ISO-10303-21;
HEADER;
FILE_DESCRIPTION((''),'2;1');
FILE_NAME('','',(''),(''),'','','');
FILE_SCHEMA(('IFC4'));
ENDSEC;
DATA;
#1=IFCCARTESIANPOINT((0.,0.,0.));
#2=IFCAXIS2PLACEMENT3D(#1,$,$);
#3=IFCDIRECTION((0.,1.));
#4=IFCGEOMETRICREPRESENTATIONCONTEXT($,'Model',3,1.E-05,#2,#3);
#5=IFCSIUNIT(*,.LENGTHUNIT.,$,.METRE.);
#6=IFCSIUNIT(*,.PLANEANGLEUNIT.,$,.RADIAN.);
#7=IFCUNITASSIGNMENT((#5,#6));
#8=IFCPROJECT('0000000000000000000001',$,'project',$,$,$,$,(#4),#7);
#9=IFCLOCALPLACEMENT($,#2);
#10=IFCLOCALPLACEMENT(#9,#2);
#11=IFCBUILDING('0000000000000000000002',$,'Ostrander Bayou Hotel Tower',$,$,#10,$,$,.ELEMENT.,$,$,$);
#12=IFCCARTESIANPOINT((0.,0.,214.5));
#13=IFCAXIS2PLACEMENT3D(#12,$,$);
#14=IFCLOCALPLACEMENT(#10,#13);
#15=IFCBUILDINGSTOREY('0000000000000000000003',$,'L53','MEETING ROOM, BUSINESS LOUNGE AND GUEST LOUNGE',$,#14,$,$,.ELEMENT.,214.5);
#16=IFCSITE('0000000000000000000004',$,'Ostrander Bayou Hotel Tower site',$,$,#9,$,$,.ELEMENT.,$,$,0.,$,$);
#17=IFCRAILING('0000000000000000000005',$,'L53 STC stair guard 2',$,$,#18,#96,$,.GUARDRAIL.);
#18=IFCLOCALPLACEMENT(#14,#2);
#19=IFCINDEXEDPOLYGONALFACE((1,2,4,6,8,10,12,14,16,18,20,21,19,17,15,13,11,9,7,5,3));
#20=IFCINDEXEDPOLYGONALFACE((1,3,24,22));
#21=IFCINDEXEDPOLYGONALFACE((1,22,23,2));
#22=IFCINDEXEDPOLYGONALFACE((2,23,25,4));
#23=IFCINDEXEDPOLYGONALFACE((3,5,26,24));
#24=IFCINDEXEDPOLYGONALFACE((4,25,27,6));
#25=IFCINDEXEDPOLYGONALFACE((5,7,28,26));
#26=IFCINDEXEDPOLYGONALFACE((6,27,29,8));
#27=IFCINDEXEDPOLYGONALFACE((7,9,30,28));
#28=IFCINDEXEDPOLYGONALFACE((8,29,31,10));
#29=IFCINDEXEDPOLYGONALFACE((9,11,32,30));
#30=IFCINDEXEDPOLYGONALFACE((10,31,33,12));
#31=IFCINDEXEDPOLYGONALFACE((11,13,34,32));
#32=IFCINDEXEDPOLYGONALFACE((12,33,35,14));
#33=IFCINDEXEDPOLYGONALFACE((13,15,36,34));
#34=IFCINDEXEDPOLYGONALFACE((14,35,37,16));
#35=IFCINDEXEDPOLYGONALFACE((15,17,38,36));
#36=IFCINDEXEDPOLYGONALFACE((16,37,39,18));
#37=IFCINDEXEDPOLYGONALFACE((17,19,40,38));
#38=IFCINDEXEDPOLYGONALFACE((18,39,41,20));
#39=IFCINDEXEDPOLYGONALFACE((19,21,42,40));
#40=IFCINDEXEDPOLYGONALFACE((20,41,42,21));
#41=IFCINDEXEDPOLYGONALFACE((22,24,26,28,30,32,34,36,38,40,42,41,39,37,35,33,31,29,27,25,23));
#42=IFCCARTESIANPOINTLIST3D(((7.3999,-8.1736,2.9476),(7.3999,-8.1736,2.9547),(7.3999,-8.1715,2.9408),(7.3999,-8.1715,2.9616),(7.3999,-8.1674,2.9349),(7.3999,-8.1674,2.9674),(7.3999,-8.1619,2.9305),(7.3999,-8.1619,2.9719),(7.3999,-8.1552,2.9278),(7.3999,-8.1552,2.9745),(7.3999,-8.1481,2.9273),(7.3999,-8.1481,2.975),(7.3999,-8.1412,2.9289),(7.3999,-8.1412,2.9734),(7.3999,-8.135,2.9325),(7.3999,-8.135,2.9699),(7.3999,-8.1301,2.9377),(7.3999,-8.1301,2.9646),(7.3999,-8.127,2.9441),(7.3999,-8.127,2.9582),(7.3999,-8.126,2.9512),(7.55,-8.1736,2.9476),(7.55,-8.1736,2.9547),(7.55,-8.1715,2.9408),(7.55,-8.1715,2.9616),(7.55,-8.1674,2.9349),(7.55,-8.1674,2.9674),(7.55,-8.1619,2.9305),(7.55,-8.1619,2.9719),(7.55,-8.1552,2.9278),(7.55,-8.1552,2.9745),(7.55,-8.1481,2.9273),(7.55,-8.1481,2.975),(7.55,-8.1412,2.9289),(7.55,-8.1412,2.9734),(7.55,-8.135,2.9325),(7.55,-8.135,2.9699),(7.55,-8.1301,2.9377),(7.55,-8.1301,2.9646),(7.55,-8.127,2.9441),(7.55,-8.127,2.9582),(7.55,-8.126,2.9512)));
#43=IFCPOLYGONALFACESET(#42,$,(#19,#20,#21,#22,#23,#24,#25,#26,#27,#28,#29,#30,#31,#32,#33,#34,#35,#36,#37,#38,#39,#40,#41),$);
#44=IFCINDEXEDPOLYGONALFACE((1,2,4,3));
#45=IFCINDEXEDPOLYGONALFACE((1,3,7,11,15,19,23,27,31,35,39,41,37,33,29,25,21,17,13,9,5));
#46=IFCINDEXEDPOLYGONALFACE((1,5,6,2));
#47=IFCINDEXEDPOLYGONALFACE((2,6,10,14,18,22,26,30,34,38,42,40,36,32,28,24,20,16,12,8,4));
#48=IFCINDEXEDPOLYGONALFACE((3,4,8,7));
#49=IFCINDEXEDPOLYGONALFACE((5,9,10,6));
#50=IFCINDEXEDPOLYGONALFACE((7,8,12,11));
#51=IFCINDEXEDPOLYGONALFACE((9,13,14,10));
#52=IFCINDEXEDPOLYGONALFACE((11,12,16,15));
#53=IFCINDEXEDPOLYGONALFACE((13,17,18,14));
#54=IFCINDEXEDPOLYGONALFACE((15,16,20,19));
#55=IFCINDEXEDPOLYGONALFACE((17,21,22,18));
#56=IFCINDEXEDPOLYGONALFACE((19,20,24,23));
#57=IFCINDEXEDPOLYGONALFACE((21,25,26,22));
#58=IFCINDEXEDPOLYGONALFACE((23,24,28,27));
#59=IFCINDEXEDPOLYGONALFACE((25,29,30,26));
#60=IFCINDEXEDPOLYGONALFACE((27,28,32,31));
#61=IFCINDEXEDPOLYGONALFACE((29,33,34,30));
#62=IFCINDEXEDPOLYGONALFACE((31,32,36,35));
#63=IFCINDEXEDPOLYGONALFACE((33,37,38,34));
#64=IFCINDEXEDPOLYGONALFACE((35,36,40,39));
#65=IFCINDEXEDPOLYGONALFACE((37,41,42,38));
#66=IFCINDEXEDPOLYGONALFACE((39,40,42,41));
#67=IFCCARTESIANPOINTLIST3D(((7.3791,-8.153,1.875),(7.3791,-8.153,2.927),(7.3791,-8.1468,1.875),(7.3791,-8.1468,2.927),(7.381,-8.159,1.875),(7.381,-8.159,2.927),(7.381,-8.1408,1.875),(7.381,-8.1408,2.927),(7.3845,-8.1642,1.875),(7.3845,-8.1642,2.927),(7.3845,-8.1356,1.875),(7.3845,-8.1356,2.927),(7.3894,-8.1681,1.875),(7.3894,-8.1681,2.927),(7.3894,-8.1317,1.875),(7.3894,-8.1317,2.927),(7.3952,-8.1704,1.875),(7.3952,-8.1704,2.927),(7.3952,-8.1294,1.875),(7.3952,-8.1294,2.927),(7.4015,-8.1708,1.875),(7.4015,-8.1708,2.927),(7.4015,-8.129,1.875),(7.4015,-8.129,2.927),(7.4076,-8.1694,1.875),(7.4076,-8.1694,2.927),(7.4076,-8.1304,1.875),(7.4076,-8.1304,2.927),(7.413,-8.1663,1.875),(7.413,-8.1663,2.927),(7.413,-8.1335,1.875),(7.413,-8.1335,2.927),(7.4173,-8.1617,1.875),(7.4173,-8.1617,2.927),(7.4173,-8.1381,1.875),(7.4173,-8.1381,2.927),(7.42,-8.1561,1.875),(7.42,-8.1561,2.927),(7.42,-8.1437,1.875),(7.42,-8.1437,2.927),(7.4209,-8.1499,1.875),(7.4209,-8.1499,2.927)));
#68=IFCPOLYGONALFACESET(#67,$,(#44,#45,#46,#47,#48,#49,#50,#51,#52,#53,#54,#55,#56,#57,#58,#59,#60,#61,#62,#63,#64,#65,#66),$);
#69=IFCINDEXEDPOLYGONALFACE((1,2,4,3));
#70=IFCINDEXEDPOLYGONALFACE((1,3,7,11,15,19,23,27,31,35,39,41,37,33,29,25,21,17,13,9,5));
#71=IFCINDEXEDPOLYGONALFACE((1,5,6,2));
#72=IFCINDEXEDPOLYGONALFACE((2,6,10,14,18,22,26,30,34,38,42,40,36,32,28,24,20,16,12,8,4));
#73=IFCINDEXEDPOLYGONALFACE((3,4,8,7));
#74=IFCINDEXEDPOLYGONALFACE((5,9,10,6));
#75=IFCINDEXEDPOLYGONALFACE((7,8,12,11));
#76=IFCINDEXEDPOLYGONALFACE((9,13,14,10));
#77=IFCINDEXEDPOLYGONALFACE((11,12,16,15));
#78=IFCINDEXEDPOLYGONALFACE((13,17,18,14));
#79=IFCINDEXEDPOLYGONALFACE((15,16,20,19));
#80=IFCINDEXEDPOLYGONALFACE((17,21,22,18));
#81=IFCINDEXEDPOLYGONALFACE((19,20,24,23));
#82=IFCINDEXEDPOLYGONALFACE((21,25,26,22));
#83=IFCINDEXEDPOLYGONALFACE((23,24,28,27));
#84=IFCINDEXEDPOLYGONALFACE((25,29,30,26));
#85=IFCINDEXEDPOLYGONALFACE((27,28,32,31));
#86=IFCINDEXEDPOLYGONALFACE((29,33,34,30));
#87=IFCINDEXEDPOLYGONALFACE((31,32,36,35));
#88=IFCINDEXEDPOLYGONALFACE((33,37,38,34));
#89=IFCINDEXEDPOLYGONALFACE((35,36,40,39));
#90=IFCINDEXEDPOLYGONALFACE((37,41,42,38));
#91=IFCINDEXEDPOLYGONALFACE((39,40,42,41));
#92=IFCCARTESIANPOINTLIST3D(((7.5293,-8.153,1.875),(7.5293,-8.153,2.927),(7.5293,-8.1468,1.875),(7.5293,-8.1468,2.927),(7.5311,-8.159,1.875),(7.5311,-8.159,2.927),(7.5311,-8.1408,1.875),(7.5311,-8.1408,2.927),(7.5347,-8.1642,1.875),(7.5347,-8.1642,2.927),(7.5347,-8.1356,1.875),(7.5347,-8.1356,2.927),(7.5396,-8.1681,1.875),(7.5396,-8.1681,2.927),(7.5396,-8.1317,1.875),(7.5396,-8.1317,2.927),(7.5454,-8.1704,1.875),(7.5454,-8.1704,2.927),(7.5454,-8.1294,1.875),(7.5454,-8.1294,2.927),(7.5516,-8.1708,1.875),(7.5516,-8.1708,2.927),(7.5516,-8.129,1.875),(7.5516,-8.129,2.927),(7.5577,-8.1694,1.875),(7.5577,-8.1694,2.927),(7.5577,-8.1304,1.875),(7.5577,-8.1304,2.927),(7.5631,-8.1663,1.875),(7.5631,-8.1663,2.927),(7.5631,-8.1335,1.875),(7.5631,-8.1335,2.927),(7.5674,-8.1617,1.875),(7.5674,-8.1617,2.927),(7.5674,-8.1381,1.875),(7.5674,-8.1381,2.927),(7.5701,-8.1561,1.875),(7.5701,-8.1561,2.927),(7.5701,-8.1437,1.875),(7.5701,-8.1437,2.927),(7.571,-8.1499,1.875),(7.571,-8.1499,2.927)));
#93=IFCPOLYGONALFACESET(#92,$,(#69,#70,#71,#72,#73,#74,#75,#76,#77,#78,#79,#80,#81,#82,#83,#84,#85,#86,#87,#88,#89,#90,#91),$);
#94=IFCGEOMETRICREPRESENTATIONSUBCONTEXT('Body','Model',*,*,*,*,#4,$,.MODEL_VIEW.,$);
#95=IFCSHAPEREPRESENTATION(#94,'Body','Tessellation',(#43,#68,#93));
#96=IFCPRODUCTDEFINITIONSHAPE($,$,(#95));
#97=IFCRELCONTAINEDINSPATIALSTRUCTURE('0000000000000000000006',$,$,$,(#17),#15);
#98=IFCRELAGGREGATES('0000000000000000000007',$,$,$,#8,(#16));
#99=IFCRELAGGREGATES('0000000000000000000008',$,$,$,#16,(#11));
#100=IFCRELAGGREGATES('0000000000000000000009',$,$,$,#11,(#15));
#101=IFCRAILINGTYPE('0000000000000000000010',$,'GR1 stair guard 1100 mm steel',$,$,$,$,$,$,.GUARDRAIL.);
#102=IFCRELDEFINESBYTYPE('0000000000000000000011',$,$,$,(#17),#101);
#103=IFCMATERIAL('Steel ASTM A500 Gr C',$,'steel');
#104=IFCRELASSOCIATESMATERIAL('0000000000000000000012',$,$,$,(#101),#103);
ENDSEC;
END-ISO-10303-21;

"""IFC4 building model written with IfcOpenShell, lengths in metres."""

from ifc_helpers import new_model, si_unit, direction, frame, origin, origin_2d, place, context, subcontext, project, spatial, circle, extrude, material, type_object, element, save


model = new_model("IFC4")

# Units and contexts
model_context = context("Model", 3, precision=1e-05, world=origin(), true_north=direction((0.0, 1.0)))
body_context = subcontext(model_context, "Body", "Model", "MODEL_VIEW")
ifc_project = project(units=[si_unit("LENGTHUNIT", "METRE"), si_unit("PLANEANGLEUNIT", "RADIAN")], contexts=[model_context])

# Site, building, storey
site_placement = place(None, origin())
site = spatial("IfcSite", under=ifc_project, at=site_placement, Name="Ostrander Bayou Hotel Tower site", CompositionType="ELEMENT", RefElevation=0.0)
building_placement = place(site_placement, origin())
building = spatial("IfcBuilding", under=site, at=building_placement, Name="Ostrander Bayou Hotel Tower", CompositionType="ELEMENT")
storey_placement = place(building_placement, frame((0.0, 0.0, 214.5)))
storey = spatial("IfcBuildingStorey", under=building, at=storey_placement, Name="L53", Description="MEETING ROOM, BUSINESS LOUNGE AND GUEST LOUNGE", CompositionType="ELEMENT", Elevation=214.5)

# Railing
ifc_material_1 = material(Name="Steel ASTM A500 Gr C", Category="steel")
railing_type_1 = type_object("IfcRailingType", Name="GR1 stair guard 1100 mm steel", PredefinedType="GUARDRAIL", material=ifc_material_1)
railing_1_placement = place(storey_placement, frame((7.3999, -8.1499, 1.875)))
element("IfcRailing", 1, at=railing_1_placement, inside=storey, type_object=railing_type_1, Name="L53 STC stair guard 2", PredefinedType="GUARDRAIL", context=body_context, shape_type="SweptSolid", body=[
    extrude(circle(Radius=0.0239, at=origin_2d()), frame((0.0, 0.0, 1.0762), z_axis=(1.0, 0.0, 0.0), x_axis=(0.0, 1.0, 0.0)), (0.0, 0.0, 1.0), 0.1501),
    extrude(circle(Radius=0.021, at=origin_2d()), origin(), (0.0, 0.0, 1.0), 1.052),
    extrude(circle(Radius=0.021, at=origin_2d()), frame((0.1501, 0.0, 0.0)), (0.0, 0.0, 1.0), 1.052),
])

save(model, "model.ifc")
